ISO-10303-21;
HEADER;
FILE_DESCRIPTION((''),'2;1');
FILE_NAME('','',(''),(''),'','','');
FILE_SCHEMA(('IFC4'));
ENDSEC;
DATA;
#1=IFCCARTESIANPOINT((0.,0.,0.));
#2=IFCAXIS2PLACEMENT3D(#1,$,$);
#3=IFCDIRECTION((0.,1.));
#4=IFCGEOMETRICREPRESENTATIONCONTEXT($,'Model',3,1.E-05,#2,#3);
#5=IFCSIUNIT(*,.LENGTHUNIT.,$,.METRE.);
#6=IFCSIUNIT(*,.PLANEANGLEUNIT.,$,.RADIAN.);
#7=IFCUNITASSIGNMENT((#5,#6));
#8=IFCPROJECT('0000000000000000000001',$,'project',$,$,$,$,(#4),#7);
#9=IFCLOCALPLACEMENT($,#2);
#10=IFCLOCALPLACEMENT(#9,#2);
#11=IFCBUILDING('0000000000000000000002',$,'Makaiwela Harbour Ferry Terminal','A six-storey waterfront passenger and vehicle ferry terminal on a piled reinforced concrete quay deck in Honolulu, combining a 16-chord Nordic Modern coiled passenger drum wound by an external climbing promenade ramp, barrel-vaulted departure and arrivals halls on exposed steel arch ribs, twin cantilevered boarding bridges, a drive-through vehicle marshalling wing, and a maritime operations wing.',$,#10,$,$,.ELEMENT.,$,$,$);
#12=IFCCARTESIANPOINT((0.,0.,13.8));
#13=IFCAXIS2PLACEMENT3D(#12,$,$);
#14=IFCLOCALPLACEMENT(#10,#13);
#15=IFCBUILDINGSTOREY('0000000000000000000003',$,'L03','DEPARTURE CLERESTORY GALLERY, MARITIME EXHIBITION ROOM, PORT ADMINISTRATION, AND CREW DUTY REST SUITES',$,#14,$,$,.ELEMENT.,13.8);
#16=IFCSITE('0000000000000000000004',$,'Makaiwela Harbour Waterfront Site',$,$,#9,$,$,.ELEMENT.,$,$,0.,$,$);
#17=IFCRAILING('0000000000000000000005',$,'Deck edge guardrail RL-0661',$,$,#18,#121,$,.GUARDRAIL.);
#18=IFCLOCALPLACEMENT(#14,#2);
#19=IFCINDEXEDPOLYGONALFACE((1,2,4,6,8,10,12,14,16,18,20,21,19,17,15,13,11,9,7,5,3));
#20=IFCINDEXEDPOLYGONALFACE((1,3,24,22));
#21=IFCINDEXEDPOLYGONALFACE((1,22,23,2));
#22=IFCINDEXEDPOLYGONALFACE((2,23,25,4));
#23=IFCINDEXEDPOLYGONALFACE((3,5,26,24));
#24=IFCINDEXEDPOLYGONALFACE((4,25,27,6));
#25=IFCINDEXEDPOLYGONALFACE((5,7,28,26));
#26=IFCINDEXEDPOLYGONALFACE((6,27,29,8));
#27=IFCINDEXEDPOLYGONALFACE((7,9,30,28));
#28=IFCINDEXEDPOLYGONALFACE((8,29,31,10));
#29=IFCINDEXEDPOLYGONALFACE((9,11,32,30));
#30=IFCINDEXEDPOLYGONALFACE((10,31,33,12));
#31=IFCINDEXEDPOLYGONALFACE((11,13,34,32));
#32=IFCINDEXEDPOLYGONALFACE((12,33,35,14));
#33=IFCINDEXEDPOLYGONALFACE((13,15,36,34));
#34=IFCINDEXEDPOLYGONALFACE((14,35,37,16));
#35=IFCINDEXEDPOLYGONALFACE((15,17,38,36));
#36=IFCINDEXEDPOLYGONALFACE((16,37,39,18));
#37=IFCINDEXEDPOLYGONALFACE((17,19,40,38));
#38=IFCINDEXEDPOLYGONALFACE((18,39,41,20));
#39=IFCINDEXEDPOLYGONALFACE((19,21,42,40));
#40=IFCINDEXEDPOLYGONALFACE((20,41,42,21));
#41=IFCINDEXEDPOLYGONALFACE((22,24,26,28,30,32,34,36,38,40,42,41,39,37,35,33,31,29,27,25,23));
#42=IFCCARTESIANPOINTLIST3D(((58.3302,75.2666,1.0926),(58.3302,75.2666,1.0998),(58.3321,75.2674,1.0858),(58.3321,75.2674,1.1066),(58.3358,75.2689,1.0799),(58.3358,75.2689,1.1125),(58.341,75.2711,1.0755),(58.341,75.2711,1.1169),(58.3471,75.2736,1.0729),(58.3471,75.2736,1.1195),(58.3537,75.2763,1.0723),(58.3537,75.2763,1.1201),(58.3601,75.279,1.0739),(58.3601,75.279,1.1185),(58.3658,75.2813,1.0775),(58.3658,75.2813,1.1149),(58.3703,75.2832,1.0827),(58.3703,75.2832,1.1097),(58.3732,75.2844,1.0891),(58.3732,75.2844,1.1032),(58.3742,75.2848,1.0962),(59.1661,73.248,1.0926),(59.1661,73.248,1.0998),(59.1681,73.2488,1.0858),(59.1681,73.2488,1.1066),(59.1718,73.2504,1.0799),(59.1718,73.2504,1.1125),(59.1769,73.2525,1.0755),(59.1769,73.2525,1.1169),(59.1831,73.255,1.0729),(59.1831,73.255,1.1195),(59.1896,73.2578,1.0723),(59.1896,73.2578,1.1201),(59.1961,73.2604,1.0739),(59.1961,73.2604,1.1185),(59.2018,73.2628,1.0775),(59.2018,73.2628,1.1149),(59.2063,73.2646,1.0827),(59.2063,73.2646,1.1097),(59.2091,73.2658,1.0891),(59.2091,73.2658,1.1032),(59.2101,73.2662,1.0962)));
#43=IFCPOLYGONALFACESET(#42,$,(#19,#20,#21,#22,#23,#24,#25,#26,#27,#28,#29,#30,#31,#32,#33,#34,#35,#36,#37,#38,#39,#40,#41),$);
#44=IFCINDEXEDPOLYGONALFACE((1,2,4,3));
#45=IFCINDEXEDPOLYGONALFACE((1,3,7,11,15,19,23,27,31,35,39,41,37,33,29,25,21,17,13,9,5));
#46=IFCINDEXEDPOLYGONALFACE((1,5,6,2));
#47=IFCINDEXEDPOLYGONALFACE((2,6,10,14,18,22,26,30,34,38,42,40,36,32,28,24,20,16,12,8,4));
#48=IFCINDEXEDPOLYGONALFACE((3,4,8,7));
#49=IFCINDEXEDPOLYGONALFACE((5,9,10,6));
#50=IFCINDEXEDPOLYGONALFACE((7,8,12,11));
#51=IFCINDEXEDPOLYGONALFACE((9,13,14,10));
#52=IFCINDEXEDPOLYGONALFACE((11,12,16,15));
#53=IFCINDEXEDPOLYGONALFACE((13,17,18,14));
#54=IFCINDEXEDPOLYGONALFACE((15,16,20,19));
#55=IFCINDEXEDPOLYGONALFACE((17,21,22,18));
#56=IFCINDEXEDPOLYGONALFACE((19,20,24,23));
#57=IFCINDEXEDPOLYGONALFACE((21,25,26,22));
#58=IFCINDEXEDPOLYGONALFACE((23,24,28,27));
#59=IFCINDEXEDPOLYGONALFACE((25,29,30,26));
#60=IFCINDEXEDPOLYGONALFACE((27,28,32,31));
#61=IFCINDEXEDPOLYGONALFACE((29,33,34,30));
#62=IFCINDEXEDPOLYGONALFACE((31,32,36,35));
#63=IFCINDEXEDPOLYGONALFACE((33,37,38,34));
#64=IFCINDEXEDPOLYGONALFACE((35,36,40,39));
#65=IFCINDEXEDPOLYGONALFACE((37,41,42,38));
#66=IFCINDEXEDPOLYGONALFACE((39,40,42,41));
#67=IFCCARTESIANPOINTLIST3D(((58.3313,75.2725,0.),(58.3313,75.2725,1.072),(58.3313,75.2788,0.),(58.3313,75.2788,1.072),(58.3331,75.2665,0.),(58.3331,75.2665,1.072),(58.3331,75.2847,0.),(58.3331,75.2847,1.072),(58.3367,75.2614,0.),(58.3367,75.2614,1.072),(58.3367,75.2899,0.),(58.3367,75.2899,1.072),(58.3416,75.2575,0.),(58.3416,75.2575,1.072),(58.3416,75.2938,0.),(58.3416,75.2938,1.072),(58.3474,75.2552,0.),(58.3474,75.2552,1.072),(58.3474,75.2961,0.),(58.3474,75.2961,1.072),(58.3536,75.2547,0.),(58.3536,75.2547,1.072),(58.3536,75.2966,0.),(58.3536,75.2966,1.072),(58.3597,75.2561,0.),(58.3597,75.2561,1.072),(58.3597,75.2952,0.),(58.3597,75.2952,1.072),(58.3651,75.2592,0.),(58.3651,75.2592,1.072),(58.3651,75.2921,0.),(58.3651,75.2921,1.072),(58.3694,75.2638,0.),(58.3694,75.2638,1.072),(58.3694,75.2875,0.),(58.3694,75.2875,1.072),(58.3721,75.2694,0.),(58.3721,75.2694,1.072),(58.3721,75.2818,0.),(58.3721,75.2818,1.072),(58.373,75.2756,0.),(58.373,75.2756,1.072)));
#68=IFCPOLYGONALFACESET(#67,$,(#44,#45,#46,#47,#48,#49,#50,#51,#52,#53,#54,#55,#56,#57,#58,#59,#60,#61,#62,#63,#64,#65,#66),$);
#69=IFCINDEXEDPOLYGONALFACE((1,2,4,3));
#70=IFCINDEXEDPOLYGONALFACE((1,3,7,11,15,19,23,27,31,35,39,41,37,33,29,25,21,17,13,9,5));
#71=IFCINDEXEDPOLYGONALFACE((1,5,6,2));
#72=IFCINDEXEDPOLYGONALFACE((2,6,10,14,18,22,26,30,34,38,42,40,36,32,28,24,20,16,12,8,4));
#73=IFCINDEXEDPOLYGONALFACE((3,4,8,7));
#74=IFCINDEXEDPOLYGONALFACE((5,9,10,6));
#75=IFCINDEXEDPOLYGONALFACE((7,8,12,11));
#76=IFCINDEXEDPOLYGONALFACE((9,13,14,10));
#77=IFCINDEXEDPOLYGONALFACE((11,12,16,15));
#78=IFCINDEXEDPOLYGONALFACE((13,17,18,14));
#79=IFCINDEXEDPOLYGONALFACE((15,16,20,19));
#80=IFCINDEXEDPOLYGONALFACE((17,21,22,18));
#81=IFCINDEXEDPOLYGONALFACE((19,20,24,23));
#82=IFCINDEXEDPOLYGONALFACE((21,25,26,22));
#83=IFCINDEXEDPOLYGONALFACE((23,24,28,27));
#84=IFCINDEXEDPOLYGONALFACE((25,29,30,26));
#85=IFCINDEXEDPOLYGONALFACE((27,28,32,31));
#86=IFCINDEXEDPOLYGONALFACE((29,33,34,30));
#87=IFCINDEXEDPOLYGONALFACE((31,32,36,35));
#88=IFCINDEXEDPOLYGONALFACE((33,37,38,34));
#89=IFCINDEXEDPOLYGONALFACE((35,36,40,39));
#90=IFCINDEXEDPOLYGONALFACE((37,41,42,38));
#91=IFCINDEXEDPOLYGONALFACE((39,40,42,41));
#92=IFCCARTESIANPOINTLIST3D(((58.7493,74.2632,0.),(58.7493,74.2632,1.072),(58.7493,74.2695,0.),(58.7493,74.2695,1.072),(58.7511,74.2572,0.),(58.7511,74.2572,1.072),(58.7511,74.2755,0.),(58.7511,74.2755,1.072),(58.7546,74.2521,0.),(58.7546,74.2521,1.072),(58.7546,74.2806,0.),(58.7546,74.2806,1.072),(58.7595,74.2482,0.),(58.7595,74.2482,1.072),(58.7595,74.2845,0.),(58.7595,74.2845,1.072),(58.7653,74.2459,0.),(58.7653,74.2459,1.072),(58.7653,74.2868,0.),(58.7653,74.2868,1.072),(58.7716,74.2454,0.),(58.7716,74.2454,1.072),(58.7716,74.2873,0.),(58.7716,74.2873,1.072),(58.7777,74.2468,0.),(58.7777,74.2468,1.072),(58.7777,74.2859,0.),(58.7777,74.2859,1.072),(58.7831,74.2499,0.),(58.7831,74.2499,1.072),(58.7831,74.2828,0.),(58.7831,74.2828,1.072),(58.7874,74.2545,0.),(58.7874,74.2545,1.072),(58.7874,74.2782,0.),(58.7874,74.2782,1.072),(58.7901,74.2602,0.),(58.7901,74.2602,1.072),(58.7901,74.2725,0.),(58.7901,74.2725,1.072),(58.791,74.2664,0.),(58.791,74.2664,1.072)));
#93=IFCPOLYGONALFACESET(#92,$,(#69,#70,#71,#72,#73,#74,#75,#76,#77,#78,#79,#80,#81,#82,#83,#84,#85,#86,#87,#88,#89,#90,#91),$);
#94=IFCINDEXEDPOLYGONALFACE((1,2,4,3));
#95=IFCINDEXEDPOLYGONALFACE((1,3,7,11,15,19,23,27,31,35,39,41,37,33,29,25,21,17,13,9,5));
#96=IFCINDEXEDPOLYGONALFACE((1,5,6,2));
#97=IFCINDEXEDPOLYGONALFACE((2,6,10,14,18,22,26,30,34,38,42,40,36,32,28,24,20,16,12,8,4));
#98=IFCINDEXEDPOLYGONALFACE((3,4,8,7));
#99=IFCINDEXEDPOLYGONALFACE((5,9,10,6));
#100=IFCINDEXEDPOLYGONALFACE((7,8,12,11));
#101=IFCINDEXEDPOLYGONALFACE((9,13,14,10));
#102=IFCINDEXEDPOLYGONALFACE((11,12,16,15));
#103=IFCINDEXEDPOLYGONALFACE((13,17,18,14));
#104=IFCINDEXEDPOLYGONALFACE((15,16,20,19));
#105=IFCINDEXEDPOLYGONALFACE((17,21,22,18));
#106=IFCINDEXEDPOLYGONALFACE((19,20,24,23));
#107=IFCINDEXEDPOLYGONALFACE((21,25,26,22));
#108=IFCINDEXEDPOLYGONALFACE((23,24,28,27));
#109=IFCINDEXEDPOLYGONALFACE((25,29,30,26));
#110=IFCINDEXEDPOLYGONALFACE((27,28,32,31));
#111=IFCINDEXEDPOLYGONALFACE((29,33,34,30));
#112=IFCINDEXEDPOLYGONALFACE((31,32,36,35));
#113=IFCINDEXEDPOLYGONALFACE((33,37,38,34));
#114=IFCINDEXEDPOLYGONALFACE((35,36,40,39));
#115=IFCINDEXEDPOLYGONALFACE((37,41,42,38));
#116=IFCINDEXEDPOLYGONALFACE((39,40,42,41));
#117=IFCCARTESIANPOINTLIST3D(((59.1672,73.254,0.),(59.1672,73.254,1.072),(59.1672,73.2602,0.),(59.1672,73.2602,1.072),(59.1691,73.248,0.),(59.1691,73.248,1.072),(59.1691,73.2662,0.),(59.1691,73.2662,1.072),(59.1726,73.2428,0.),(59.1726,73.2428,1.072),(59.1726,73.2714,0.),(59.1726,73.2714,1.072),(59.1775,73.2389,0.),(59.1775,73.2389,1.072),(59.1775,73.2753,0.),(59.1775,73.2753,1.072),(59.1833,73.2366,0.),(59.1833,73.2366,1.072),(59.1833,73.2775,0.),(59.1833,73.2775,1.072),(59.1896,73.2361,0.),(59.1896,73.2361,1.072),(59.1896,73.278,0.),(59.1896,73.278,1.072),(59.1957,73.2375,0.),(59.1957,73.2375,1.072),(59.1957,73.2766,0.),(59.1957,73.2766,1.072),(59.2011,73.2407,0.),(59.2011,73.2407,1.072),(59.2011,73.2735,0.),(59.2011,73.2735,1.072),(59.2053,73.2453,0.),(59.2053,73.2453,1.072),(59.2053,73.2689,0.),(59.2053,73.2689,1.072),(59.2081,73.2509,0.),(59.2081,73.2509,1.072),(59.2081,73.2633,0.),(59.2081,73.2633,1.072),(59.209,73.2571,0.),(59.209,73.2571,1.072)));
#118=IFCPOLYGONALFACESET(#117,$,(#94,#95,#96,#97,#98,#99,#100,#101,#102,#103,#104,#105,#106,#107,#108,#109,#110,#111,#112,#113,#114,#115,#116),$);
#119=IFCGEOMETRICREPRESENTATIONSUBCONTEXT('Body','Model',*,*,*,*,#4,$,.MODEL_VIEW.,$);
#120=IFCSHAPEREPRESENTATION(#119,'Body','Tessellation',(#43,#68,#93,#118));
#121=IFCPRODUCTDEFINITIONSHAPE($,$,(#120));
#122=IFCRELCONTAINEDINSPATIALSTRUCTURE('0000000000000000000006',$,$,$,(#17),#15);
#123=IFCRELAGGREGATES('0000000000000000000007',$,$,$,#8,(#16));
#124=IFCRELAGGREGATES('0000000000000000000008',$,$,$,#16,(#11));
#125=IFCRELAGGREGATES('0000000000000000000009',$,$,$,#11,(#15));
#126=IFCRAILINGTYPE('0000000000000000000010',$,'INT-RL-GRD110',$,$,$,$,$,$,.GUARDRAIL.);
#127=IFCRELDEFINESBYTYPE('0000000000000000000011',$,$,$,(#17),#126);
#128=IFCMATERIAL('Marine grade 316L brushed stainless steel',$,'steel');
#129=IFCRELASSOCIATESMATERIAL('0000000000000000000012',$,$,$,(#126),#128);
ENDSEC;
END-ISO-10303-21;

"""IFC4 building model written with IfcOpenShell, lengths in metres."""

from ifc_helpers import new_model, si_unit, direction, frame, origin, origin_2d, place, context, subcontext, project, spatial, circle, extrude, material, type_object, element, save


model = new_model("IFC4")

# Units and contexts
model_context = context("Model", 3, precision=1e-05, world=origin(), true_north=direction((0.0, 1.0)))
body_context = subcontext(model_context, "Body", "Model", "MODEL_VIEW")
ifc_project = project(units=[si_unit("LENGTHUNIT", "METRE"), si_unit("PLANEANGLEUNIT", "RADIAN")], contexts=[model_context])

# Site, building, storey
site_placement = place(None, origin())
site = spatial("IfcSite", under=ifc_project, at=site_placement, Name="Makaiwela Harbour Waterfront Site", CompositionType="ELEMENT", RefElevation=0.0)
building_placement = place(site_placement, origin())
building = spatial("IfcBuilding", under=site, at=building_placement, Name="Makaiwela Harbour Ferry Terminal", Description="A six-storey waterfront passenger and vehicle ferry terminal on a piled reinforced concrete quay deck in Honolulu, combining a 16-chord Nordic Modern coiled passenger drum wound by an external climbing promenade ramp, barrel-vaulted departure and arrivals halls on exposed steel arch ribs, twin cantilevered boarding bridges, a drive-through vehicle marshalling wing, and a maritime operations wing.", CompositionType="ELEMENT")
storey_placement = place(building_placement, frame((0.0, 0.0, 13.8)))
storey = spatial("IfcBuildingStorey", under=building, at=storey_placement, Name="L03", Description="DEPARTURE CLERESTORY GALLERY, MARITIME EXHIBITION ROOM, PORT ADMINISTRATION, AND CREW DUTY REST SUITES", CompositionType="ELEMENT", Elevation=13.8)

# Railing
ifc_material_1 = material(Name="Marine grade 316L brushed stainless steel", Category="steel")
railing_type = type_object("IfcRailingType", Name="INT-RL-GRD110", PredefinedType="GUARDRAIL", material=ifc_material_1)
railing_1_placement = place(storey_placement, frame((58.3521, 75.2756, 0.0)))
element("IfcRailing", 1, at=railing_1_placement, inside=storey, type_object=railing_type, Name="Deck edge guardrail RL-0661", PredefinedType="GUARDRAIL", context=body_context, shape_type="SweptSolid", body=[
    extrude(circle(Radius=0.0239, at=origin_2d()), frame((0.0, 0.0, 1.0962), z_axis=(0.382615, -0.923908, 0.0), x_axis=(0.923908, 0.382615, 0.0)), (0.0, 0.0, 1.0), 2.1848),
    extrude(circle(Radius=0.021, at=origin_2d()), origin(), (0.0, 0.0, 1.0), 1.072),
    extrude(circle(Radius=0.021, at=origin_2d()), frame((0.418, -1.0093, 0.0)), (0.0, 0.0, 1.0), 1.072),
    extrude(circle(Radius=0.021, at=origin_2d()), frame((0.8359, -2.0186, 0.0)), (0.0, 0.0, 1.0), 1.072),
])

save(model, "model.ifc")
